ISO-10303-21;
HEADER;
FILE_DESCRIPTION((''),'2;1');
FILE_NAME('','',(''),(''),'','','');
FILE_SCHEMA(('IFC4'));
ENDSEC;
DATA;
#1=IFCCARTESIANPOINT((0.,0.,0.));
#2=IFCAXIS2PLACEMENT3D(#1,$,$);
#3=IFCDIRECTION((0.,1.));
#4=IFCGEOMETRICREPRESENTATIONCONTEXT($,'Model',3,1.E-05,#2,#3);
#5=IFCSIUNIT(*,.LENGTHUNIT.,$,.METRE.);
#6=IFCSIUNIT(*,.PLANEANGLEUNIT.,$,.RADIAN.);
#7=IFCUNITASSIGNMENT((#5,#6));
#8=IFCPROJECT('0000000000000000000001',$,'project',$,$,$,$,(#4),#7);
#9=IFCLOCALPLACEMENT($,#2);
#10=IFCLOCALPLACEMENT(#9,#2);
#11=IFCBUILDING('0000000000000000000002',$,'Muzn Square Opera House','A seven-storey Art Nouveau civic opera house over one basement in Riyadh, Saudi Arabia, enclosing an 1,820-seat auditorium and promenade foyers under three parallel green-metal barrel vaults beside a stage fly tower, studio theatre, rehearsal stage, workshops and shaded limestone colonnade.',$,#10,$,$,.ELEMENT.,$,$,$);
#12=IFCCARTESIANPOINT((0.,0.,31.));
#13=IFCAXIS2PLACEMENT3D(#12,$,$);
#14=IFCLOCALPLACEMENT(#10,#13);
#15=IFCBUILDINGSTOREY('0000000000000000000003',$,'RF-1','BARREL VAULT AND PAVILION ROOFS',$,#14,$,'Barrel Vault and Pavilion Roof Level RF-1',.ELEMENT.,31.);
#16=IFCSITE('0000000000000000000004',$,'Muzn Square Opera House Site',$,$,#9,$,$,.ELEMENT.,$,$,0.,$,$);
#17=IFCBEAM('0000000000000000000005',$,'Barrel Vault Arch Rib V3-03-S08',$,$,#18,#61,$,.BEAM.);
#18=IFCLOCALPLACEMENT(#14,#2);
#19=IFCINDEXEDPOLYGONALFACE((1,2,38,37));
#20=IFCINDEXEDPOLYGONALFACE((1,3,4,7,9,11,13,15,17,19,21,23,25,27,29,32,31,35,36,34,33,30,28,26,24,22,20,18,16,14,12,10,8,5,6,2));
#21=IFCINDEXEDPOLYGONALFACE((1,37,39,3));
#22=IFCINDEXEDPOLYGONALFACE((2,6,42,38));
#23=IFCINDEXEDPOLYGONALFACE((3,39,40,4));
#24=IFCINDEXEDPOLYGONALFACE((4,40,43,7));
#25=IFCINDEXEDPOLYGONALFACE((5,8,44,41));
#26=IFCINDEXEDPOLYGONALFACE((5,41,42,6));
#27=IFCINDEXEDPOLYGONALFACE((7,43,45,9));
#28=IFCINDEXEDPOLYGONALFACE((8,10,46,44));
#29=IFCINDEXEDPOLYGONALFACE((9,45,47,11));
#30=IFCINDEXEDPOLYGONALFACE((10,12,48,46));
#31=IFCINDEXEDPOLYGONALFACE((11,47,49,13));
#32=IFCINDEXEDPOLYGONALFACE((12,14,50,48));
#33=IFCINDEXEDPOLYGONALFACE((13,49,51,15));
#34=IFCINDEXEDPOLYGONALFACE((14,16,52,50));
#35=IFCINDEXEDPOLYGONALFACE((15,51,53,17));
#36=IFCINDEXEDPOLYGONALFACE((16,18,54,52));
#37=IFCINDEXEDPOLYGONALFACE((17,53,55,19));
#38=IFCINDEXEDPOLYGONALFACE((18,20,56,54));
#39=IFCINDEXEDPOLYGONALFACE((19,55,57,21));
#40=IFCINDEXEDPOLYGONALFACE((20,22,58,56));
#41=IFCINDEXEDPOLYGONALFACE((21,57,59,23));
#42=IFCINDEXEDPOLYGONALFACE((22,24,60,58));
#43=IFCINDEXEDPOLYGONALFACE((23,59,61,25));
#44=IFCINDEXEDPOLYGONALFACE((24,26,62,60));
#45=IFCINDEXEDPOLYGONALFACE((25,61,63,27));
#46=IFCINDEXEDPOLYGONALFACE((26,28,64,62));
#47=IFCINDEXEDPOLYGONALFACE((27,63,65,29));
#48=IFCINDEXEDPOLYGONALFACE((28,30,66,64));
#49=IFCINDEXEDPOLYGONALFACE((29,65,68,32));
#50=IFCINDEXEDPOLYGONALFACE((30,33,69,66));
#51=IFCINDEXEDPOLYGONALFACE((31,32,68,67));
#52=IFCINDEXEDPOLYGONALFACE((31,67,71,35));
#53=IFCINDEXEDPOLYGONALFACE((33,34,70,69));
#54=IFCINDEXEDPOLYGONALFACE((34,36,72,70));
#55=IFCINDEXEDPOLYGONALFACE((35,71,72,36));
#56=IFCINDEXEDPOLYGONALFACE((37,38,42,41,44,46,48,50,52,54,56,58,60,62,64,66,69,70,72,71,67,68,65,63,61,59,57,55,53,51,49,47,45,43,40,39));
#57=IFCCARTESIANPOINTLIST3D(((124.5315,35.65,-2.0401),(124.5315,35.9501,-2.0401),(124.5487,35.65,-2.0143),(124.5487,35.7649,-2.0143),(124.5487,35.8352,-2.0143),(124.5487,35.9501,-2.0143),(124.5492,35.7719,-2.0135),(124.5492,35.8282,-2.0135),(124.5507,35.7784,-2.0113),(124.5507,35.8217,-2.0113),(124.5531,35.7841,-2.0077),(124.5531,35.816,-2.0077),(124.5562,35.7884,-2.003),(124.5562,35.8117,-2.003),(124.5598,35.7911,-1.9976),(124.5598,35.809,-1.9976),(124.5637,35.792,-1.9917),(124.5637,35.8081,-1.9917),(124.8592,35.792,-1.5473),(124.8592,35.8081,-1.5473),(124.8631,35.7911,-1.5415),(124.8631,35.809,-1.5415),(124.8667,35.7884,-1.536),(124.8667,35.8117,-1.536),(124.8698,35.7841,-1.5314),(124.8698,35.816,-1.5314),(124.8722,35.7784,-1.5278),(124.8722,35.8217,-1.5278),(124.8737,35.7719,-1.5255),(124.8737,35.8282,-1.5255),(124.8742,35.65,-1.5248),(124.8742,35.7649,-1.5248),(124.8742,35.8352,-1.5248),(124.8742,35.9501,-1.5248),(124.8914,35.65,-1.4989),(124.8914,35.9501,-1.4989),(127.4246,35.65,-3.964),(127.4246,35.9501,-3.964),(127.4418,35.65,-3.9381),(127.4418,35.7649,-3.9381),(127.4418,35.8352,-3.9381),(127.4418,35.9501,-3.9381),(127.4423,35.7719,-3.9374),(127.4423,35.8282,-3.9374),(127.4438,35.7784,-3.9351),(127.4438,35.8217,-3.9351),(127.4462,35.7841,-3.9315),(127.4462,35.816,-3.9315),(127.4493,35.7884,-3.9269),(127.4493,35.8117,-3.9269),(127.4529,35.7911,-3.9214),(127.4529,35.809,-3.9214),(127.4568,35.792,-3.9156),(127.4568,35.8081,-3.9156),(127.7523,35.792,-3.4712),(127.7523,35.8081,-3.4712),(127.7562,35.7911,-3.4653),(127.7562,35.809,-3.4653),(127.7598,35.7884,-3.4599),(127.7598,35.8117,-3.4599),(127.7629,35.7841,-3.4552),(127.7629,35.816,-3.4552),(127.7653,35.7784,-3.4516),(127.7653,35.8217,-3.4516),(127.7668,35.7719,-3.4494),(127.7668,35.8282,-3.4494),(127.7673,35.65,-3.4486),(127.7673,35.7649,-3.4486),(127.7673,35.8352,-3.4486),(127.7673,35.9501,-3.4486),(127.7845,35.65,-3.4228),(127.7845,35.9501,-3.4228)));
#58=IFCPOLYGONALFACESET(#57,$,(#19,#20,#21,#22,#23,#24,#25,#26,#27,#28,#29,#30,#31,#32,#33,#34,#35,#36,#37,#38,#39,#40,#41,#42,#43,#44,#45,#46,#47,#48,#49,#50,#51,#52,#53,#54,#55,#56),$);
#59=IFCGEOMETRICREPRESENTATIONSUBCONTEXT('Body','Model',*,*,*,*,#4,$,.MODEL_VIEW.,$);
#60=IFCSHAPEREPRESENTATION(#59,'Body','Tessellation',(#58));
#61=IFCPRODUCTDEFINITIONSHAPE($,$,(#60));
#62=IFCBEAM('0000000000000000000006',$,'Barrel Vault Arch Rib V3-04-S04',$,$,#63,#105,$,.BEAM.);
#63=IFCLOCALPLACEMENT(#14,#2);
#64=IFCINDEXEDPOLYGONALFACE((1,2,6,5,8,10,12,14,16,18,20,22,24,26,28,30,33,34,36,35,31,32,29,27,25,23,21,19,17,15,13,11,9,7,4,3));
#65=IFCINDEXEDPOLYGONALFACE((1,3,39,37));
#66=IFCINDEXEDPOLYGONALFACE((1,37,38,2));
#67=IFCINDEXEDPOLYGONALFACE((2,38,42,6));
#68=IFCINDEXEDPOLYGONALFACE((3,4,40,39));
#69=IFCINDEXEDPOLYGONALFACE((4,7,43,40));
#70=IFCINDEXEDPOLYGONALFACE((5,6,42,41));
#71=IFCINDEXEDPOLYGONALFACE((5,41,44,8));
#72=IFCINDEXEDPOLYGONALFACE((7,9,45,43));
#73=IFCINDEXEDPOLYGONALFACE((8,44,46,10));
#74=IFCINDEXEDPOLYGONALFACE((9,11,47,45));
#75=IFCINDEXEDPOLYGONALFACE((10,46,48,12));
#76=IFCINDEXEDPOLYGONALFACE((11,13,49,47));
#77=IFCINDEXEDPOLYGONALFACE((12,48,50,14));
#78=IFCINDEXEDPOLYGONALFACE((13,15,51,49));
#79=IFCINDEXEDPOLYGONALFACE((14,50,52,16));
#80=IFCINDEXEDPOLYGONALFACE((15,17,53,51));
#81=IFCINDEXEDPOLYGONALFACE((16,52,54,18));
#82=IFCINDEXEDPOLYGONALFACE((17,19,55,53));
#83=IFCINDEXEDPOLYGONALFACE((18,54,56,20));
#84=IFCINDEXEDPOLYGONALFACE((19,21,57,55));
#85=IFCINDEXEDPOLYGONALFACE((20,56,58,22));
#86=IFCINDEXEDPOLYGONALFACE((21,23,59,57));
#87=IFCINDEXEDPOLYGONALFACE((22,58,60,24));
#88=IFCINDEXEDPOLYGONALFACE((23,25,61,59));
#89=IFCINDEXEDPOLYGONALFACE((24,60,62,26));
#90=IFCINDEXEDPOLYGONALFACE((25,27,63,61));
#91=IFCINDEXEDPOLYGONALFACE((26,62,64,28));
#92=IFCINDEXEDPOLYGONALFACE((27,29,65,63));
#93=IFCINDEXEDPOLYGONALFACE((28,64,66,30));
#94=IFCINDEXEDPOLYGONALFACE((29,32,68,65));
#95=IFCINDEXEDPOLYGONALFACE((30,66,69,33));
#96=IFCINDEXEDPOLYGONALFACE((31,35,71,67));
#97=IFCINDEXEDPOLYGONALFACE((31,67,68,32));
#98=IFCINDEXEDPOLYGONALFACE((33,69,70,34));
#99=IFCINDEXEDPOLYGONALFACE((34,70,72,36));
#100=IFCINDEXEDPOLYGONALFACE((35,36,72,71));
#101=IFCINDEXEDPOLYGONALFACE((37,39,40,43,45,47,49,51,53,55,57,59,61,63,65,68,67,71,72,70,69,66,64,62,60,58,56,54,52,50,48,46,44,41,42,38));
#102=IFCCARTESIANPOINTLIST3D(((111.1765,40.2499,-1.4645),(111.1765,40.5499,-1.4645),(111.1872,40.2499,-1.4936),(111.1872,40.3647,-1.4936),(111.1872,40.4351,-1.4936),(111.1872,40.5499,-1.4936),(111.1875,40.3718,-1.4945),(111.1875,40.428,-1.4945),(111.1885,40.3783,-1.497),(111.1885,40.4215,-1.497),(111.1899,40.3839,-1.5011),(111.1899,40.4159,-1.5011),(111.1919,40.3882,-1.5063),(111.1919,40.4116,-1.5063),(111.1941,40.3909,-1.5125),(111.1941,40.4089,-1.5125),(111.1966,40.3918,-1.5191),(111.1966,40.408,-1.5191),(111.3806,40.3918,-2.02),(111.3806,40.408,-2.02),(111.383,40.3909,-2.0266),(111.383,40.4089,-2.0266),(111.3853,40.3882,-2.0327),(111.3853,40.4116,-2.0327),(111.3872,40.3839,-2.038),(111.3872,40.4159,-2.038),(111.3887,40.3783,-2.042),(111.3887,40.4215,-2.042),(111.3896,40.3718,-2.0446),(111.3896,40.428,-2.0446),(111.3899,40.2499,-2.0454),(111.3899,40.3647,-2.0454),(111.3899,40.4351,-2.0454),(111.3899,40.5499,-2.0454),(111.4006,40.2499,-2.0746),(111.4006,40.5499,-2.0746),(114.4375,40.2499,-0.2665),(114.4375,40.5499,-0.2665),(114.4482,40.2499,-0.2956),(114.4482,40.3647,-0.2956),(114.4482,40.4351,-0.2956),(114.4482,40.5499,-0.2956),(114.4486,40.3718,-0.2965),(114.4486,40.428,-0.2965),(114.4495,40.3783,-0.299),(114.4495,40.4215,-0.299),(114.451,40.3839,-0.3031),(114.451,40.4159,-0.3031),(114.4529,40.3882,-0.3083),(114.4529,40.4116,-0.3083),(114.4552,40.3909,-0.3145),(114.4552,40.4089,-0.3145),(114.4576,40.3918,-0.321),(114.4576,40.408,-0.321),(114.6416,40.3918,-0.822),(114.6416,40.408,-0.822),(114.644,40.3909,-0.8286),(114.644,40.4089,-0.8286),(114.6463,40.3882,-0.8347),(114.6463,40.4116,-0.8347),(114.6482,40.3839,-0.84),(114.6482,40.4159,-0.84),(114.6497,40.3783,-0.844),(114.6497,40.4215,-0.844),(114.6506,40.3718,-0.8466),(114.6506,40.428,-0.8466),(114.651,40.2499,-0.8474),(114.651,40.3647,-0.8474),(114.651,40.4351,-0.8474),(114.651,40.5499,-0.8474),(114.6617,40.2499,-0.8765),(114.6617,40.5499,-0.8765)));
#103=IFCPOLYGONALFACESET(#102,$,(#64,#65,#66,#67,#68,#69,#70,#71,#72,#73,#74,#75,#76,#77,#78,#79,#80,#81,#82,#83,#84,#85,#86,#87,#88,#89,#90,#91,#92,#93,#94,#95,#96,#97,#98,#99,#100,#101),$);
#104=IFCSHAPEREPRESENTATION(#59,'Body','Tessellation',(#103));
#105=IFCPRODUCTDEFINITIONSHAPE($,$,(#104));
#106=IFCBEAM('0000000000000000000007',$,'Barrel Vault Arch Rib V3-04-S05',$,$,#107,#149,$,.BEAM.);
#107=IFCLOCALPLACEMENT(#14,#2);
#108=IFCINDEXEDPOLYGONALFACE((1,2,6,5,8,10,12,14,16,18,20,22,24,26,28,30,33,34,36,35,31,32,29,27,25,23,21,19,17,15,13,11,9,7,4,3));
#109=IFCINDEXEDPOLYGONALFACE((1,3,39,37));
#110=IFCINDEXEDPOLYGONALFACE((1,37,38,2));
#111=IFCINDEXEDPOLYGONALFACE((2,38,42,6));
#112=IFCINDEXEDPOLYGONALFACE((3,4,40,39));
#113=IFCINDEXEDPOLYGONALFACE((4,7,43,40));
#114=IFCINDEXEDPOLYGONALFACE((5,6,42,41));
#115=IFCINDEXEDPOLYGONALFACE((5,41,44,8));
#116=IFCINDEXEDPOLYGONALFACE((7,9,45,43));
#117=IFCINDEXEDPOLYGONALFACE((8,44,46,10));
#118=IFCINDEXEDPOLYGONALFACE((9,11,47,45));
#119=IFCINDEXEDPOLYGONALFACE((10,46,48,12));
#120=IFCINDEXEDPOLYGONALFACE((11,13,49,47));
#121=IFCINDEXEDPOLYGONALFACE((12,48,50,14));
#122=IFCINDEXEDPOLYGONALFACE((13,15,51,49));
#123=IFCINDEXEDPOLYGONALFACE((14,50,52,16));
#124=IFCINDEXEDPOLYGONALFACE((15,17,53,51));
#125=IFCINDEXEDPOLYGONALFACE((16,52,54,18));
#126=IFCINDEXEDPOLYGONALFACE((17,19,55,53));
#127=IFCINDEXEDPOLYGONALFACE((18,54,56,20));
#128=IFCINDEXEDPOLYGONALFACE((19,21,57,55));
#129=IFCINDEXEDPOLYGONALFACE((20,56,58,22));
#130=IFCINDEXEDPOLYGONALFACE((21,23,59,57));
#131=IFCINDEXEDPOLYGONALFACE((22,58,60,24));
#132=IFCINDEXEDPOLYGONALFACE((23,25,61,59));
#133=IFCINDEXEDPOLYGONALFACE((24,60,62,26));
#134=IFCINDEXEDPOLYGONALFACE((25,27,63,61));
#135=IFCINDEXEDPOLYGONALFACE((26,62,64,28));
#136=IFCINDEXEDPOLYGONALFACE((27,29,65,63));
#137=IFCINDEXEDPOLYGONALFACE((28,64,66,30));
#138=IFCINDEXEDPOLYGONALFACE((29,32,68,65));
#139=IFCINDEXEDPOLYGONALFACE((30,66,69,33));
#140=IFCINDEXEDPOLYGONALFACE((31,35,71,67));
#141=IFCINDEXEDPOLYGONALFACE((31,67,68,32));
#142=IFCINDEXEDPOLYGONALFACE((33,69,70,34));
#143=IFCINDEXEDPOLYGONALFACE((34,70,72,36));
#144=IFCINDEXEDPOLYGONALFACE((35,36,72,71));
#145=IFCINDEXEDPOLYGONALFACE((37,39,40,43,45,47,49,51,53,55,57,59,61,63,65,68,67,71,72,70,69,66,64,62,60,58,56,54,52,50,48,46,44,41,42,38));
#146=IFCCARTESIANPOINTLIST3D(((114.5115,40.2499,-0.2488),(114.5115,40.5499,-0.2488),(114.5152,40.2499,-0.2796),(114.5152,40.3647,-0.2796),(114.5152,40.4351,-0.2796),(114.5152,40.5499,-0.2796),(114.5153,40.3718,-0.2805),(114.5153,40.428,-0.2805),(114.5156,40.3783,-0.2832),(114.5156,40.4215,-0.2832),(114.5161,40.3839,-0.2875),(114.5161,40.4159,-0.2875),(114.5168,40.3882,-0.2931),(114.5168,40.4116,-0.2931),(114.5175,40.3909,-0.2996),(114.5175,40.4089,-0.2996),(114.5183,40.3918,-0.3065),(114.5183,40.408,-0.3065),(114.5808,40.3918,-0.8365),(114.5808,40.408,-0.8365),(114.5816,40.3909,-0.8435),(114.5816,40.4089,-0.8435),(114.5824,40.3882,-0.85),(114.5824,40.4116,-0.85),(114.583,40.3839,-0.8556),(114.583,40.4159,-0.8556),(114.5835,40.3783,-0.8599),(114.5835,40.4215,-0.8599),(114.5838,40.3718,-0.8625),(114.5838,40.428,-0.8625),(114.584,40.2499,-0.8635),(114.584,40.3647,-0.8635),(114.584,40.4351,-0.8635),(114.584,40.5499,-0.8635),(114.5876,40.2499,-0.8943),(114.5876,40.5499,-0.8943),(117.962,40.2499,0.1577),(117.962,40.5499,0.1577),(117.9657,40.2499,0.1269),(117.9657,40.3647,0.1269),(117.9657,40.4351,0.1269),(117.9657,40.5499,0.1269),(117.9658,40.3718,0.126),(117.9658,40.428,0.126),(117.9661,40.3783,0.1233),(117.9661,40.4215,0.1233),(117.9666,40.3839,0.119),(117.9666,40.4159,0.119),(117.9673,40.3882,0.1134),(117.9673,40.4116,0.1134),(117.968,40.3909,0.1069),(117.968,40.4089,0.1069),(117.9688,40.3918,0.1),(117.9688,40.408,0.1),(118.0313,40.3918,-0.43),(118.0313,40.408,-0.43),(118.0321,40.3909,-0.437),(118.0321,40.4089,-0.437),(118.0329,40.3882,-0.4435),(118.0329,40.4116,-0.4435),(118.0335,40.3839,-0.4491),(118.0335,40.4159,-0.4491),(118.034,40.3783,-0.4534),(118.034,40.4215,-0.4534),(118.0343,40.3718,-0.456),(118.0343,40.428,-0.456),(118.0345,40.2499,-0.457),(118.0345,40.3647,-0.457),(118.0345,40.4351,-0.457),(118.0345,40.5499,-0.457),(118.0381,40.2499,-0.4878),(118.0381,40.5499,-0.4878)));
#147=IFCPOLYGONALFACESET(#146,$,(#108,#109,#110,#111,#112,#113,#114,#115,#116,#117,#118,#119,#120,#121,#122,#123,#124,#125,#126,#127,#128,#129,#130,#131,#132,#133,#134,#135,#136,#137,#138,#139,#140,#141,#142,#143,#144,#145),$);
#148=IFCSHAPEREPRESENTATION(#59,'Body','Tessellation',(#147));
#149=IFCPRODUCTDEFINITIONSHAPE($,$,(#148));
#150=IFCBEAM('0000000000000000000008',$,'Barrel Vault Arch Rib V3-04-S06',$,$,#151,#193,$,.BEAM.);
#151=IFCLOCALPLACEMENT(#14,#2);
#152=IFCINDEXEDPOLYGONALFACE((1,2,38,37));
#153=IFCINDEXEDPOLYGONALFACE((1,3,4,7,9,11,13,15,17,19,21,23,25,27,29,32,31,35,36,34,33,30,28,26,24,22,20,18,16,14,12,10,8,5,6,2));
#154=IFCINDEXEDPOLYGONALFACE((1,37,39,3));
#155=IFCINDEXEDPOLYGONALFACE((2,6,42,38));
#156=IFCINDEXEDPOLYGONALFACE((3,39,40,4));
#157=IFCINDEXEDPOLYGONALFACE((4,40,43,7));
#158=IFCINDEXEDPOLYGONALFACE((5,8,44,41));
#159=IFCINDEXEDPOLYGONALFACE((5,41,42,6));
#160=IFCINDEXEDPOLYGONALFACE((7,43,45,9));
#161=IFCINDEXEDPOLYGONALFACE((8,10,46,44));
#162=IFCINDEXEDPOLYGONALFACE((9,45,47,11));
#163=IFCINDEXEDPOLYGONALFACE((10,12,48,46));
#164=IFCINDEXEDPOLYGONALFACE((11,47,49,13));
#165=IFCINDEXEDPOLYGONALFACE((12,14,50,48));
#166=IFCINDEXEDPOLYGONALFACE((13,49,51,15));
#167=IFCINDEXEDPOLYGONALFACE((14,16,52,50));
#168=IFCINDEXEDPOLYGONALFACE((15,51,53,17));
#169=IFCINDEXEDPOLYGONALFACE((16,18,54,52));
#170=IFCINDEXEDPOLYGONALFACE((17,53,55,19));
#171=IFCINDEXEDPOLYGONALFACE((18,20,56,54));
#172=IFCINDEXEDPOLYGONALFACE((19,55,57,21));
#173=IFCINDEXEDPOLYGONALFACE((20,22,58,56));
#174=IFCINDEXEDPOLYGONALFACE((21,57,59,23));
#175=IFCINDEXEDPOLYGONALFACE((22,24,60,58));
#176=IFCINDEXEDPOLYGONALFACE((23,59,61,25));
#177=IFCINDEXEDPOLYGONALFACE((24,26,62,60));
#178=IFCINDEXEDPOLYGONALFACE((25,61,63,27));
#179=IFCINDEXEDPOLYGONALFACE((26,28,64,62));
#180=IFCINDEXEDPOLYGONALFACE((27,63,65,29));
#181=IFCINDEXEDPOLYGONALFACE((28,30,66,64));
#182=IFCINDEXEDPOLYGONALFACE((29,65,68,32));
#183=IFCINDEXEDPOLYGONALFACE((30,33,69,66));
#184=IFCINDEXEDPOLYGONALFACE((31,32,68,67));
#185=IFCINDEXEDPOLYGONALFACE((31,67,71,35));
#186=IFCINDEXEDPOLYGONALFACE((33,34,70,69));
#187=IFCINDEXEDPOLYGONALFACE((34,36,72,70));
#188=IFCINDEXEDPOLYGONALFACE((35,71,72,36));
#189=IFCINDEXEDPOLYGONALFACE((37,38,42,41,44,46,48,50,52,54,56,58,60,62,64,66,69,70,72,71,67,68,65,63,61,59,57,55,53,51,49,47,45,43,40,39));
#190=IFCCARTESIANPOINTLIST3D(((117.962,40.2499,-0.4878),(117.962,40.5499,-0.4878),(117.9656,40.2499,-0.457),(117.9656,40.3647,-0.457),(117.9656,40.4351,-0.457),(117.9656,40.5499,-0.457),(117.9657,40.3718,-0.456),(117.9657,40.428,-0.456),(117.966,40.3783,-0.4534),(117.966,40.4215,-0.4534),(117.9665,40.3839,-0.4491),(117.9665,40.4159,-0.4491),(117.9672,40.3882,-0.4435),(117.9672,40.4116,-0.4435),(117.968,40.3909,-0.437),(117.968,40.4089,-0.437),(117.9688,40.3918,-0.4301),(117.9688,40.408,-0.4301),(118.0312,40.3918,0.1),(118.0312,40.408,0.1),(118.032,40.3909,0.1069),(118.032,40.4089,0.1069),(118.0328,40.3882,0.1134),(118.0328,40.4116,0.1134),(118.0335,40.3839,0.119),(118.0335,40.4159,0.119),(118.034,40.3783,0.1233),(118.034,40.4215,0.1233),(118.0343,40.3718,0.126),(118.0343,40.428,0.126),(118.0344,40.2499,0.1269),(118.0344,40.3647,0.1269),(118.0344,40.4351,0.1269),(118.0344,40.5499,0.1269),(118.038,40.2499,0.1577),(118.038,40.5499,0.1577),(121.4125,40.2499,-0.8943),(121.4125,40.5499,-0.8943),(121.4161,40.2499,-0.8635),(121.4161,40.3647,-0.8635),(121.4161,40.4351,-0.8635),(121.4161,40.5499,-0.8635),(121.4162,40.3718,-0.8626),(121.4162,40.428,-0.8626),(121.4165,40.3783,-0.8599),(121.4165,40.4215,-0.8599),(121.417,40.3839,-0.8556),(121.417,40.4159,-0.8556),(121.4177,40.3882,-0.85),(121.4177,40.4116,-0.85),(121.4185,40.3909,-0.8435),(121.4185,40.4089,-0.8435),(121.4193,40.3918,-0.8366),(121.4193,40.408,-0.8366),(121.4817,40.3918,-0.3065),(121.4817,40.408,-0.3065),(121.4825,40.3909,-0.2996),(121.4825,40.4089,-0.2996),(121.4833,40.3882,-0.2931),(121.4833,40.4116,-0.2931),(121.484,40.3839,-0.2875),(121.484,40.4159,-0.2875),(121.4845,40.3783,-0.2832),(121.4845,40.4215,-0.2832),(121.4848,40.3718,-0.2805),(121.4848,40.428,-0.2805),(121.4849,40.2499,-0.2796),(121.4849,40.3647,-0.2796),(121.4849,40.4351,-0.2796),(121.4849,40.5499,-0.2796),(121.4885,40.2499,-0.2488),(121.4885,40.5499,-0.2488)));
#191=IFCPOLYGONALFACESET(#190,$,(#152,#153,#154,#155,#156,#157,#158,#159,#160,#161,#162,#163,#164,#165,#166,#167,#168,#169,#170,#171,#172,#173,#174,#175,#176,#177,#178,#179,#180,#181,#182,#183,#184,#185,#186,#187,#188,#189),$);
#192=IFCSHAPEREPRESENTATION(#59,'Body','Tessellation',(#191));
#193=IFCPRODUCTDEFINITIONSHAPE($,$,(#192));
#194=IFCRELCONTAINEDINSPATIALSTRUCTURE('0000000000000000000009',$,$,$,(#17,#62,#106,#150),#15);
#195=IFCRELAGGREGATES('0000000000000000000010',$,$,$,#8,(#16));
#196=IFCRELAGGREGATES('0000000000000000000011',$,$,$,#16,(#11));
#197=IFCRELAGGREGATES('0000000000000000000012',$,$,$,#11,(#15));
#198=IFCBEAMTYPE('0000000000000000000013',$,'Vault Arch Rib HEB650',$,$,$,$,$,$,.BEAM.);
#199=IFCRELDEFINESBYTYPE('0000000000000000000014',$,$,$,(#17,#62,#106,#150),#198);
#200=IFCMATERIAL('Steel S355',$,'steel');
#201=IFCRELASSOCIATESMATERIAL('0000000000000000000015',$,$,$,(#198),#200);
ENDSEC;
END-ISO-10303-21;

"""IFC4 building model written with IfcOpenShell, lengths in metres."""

from ifc_helpers import new_model, si_unit, direction, frame, origin, origin_2d, place, context, subcontext, project, spatial, i_section, extrude, material, material_profile, profile_set, type_object, element, save


model = new_model("IFC4")

# Units and contexts
model_context = context("Model", 3, precision=1e-05, world=origin(), true_north=direction((0.0, 1.0)))
body_context = subcontext(model_context, "Body", "Model", "MODEL_VIEW")
ifc_project = project(units=[si_unit("LENGTHUNIT", "METRE"), si_unit("PLANEANGLEUNIT", "RADIAN")], contexts=[model_context])

# Site, building, storey
site_placement = place(None, origin())
site = spatial("IfcSite", under=ifc_project, at=site_placement, Name="Muzn Square Opera House Site", CompositionType="ELEMENT", RefElevation=0.0)
building_placement = place(site_placement, origin())
building = spatial("IfcBuilding", under=site, at=building_placement, Name="Muzn Square Opera House", Description="A seven-storey Art Nouveau civic opera house over one basement in Riyadh, Saudi Arabia, enclosing an 1,820-seat auditorium and promenade foyers under three parallel green-metal barrel vaults beside a stage fly tower, studio theatre, rehearsal stage, workshops and shaded limestone colonnade.", CompositionType="ELEMENT")
storey_placement = place(building_placement, frame((0.0, 0.0, 31.0)))
storey = spatial("IfcBuildingStorey", under=building, at=storey_placement, Name="RF-1", Description="BARREL VAULT AND PAVILION ROOFS", LongName="Barrel Vault and Pavilion Roof Level RF-1", CompositionType="ELEMENT", Elevation=31.0)

# Beams
ifc_material_1 = material(Name="Steel S355", Category="steel")
ifc_material_profile_1 = material_profile(ifc_material_1, i_section(OverallWidth=0.3, OverallDepth=0.6499, WebThickness=0.0161, FlangeThickness=0.031, FilletRadius=0.0271, at=origin_2d()), Name="HEB 650", Category="steel")
ifc_profile_set_1 = profile_set([ifc_material_profile_1], Name="Steel S355")
beam_type_1 = type_object("IfcBeamType", Name="Vault Arch Rib HEB650", PredefinedType="BEAM", material=ifc_profile_set_1)
beam_1_placement = place(storey_placement, frame((124.7114, 35.8, -1.7695), z_axis=(0.832698, 0.0, -0.553727), x_axis=(0.0, 1.0, 0.0)))
element("IfcBeam", 1, at=beam_1_placement, inside=storey, type_object=beam_type_1, Name="Barrel Vault Arch Rib V3-03-S08", PredefinedType="BEAM", context=body_context, shape_type="SweptSolid", body=[
    extrude(i_section(OverallWidth=0.3, OverallDepth=0.6499, WebThickness=0.0161, FlangeThickness=0.031, FilletRadius=0.0271, at=origin_2d()), origin(), (0.0, 0.0, 1.0), 3.4744),
])
beam_2_placement = place(storey_placement, frame((111.2886, 40.3999, -1.7695), z_axis=(0.938662, 0.0, 0.344839), x_axis=(0.0, 1.0, 0.0)))
element("IfcBeam", 2, at=beam_2_placement, inside=storey, type_object=beam_type_1, Name="Barrel Vault Arch Rib V3-04-S04", PredefinedType="BEAM", context=body_context, shape_type="SweptSolid", body=[
    extrude(i_section(OverallWidth=0.3, OverallDepth=0.6499, WebThickness=0.0161, FlangeThickness=0.031, FilletRadius=0.0271, at=origin_2d()), origin(), (0.0, 0.0, 1.0), 3.4741),
])
for number, where, z_axis, x_axis, name in (
    (3, (114.5496, 40.3999, -0.5715), (0.993132, 0.0, 0.117), (0.0, 1.0, 0.0), "Barrel Vault Arch Rib V3-04-S05"),
    (4, (118.0, 40.3999, -0.165), (0.993132, 0.0, -0.117), (0.0, 1.0, 0.0), "Barrel Vault Arch Rib V3-04-S06"),
):
    element("IfcBeam", number, at=place(storey_placement, frame(where, z_axis=z_axis, x_axis=x_axis)), inside=storey, type_object=beam_type_1, Name=name, PredefinedType="BEAM", context=body_context, shape_type="SweptSolid", body=[
        extrude(i_section(OverallWidth=0.3, OverallDepth=0.6499, WebThickness=0.0161, FlangeThickness=0.031, FilletRadius=0.0271, at=origin_2d()), origin(), (0.0, 0.0, 1.0), 3.4744),
    ])

save(model, "model.ifc")
